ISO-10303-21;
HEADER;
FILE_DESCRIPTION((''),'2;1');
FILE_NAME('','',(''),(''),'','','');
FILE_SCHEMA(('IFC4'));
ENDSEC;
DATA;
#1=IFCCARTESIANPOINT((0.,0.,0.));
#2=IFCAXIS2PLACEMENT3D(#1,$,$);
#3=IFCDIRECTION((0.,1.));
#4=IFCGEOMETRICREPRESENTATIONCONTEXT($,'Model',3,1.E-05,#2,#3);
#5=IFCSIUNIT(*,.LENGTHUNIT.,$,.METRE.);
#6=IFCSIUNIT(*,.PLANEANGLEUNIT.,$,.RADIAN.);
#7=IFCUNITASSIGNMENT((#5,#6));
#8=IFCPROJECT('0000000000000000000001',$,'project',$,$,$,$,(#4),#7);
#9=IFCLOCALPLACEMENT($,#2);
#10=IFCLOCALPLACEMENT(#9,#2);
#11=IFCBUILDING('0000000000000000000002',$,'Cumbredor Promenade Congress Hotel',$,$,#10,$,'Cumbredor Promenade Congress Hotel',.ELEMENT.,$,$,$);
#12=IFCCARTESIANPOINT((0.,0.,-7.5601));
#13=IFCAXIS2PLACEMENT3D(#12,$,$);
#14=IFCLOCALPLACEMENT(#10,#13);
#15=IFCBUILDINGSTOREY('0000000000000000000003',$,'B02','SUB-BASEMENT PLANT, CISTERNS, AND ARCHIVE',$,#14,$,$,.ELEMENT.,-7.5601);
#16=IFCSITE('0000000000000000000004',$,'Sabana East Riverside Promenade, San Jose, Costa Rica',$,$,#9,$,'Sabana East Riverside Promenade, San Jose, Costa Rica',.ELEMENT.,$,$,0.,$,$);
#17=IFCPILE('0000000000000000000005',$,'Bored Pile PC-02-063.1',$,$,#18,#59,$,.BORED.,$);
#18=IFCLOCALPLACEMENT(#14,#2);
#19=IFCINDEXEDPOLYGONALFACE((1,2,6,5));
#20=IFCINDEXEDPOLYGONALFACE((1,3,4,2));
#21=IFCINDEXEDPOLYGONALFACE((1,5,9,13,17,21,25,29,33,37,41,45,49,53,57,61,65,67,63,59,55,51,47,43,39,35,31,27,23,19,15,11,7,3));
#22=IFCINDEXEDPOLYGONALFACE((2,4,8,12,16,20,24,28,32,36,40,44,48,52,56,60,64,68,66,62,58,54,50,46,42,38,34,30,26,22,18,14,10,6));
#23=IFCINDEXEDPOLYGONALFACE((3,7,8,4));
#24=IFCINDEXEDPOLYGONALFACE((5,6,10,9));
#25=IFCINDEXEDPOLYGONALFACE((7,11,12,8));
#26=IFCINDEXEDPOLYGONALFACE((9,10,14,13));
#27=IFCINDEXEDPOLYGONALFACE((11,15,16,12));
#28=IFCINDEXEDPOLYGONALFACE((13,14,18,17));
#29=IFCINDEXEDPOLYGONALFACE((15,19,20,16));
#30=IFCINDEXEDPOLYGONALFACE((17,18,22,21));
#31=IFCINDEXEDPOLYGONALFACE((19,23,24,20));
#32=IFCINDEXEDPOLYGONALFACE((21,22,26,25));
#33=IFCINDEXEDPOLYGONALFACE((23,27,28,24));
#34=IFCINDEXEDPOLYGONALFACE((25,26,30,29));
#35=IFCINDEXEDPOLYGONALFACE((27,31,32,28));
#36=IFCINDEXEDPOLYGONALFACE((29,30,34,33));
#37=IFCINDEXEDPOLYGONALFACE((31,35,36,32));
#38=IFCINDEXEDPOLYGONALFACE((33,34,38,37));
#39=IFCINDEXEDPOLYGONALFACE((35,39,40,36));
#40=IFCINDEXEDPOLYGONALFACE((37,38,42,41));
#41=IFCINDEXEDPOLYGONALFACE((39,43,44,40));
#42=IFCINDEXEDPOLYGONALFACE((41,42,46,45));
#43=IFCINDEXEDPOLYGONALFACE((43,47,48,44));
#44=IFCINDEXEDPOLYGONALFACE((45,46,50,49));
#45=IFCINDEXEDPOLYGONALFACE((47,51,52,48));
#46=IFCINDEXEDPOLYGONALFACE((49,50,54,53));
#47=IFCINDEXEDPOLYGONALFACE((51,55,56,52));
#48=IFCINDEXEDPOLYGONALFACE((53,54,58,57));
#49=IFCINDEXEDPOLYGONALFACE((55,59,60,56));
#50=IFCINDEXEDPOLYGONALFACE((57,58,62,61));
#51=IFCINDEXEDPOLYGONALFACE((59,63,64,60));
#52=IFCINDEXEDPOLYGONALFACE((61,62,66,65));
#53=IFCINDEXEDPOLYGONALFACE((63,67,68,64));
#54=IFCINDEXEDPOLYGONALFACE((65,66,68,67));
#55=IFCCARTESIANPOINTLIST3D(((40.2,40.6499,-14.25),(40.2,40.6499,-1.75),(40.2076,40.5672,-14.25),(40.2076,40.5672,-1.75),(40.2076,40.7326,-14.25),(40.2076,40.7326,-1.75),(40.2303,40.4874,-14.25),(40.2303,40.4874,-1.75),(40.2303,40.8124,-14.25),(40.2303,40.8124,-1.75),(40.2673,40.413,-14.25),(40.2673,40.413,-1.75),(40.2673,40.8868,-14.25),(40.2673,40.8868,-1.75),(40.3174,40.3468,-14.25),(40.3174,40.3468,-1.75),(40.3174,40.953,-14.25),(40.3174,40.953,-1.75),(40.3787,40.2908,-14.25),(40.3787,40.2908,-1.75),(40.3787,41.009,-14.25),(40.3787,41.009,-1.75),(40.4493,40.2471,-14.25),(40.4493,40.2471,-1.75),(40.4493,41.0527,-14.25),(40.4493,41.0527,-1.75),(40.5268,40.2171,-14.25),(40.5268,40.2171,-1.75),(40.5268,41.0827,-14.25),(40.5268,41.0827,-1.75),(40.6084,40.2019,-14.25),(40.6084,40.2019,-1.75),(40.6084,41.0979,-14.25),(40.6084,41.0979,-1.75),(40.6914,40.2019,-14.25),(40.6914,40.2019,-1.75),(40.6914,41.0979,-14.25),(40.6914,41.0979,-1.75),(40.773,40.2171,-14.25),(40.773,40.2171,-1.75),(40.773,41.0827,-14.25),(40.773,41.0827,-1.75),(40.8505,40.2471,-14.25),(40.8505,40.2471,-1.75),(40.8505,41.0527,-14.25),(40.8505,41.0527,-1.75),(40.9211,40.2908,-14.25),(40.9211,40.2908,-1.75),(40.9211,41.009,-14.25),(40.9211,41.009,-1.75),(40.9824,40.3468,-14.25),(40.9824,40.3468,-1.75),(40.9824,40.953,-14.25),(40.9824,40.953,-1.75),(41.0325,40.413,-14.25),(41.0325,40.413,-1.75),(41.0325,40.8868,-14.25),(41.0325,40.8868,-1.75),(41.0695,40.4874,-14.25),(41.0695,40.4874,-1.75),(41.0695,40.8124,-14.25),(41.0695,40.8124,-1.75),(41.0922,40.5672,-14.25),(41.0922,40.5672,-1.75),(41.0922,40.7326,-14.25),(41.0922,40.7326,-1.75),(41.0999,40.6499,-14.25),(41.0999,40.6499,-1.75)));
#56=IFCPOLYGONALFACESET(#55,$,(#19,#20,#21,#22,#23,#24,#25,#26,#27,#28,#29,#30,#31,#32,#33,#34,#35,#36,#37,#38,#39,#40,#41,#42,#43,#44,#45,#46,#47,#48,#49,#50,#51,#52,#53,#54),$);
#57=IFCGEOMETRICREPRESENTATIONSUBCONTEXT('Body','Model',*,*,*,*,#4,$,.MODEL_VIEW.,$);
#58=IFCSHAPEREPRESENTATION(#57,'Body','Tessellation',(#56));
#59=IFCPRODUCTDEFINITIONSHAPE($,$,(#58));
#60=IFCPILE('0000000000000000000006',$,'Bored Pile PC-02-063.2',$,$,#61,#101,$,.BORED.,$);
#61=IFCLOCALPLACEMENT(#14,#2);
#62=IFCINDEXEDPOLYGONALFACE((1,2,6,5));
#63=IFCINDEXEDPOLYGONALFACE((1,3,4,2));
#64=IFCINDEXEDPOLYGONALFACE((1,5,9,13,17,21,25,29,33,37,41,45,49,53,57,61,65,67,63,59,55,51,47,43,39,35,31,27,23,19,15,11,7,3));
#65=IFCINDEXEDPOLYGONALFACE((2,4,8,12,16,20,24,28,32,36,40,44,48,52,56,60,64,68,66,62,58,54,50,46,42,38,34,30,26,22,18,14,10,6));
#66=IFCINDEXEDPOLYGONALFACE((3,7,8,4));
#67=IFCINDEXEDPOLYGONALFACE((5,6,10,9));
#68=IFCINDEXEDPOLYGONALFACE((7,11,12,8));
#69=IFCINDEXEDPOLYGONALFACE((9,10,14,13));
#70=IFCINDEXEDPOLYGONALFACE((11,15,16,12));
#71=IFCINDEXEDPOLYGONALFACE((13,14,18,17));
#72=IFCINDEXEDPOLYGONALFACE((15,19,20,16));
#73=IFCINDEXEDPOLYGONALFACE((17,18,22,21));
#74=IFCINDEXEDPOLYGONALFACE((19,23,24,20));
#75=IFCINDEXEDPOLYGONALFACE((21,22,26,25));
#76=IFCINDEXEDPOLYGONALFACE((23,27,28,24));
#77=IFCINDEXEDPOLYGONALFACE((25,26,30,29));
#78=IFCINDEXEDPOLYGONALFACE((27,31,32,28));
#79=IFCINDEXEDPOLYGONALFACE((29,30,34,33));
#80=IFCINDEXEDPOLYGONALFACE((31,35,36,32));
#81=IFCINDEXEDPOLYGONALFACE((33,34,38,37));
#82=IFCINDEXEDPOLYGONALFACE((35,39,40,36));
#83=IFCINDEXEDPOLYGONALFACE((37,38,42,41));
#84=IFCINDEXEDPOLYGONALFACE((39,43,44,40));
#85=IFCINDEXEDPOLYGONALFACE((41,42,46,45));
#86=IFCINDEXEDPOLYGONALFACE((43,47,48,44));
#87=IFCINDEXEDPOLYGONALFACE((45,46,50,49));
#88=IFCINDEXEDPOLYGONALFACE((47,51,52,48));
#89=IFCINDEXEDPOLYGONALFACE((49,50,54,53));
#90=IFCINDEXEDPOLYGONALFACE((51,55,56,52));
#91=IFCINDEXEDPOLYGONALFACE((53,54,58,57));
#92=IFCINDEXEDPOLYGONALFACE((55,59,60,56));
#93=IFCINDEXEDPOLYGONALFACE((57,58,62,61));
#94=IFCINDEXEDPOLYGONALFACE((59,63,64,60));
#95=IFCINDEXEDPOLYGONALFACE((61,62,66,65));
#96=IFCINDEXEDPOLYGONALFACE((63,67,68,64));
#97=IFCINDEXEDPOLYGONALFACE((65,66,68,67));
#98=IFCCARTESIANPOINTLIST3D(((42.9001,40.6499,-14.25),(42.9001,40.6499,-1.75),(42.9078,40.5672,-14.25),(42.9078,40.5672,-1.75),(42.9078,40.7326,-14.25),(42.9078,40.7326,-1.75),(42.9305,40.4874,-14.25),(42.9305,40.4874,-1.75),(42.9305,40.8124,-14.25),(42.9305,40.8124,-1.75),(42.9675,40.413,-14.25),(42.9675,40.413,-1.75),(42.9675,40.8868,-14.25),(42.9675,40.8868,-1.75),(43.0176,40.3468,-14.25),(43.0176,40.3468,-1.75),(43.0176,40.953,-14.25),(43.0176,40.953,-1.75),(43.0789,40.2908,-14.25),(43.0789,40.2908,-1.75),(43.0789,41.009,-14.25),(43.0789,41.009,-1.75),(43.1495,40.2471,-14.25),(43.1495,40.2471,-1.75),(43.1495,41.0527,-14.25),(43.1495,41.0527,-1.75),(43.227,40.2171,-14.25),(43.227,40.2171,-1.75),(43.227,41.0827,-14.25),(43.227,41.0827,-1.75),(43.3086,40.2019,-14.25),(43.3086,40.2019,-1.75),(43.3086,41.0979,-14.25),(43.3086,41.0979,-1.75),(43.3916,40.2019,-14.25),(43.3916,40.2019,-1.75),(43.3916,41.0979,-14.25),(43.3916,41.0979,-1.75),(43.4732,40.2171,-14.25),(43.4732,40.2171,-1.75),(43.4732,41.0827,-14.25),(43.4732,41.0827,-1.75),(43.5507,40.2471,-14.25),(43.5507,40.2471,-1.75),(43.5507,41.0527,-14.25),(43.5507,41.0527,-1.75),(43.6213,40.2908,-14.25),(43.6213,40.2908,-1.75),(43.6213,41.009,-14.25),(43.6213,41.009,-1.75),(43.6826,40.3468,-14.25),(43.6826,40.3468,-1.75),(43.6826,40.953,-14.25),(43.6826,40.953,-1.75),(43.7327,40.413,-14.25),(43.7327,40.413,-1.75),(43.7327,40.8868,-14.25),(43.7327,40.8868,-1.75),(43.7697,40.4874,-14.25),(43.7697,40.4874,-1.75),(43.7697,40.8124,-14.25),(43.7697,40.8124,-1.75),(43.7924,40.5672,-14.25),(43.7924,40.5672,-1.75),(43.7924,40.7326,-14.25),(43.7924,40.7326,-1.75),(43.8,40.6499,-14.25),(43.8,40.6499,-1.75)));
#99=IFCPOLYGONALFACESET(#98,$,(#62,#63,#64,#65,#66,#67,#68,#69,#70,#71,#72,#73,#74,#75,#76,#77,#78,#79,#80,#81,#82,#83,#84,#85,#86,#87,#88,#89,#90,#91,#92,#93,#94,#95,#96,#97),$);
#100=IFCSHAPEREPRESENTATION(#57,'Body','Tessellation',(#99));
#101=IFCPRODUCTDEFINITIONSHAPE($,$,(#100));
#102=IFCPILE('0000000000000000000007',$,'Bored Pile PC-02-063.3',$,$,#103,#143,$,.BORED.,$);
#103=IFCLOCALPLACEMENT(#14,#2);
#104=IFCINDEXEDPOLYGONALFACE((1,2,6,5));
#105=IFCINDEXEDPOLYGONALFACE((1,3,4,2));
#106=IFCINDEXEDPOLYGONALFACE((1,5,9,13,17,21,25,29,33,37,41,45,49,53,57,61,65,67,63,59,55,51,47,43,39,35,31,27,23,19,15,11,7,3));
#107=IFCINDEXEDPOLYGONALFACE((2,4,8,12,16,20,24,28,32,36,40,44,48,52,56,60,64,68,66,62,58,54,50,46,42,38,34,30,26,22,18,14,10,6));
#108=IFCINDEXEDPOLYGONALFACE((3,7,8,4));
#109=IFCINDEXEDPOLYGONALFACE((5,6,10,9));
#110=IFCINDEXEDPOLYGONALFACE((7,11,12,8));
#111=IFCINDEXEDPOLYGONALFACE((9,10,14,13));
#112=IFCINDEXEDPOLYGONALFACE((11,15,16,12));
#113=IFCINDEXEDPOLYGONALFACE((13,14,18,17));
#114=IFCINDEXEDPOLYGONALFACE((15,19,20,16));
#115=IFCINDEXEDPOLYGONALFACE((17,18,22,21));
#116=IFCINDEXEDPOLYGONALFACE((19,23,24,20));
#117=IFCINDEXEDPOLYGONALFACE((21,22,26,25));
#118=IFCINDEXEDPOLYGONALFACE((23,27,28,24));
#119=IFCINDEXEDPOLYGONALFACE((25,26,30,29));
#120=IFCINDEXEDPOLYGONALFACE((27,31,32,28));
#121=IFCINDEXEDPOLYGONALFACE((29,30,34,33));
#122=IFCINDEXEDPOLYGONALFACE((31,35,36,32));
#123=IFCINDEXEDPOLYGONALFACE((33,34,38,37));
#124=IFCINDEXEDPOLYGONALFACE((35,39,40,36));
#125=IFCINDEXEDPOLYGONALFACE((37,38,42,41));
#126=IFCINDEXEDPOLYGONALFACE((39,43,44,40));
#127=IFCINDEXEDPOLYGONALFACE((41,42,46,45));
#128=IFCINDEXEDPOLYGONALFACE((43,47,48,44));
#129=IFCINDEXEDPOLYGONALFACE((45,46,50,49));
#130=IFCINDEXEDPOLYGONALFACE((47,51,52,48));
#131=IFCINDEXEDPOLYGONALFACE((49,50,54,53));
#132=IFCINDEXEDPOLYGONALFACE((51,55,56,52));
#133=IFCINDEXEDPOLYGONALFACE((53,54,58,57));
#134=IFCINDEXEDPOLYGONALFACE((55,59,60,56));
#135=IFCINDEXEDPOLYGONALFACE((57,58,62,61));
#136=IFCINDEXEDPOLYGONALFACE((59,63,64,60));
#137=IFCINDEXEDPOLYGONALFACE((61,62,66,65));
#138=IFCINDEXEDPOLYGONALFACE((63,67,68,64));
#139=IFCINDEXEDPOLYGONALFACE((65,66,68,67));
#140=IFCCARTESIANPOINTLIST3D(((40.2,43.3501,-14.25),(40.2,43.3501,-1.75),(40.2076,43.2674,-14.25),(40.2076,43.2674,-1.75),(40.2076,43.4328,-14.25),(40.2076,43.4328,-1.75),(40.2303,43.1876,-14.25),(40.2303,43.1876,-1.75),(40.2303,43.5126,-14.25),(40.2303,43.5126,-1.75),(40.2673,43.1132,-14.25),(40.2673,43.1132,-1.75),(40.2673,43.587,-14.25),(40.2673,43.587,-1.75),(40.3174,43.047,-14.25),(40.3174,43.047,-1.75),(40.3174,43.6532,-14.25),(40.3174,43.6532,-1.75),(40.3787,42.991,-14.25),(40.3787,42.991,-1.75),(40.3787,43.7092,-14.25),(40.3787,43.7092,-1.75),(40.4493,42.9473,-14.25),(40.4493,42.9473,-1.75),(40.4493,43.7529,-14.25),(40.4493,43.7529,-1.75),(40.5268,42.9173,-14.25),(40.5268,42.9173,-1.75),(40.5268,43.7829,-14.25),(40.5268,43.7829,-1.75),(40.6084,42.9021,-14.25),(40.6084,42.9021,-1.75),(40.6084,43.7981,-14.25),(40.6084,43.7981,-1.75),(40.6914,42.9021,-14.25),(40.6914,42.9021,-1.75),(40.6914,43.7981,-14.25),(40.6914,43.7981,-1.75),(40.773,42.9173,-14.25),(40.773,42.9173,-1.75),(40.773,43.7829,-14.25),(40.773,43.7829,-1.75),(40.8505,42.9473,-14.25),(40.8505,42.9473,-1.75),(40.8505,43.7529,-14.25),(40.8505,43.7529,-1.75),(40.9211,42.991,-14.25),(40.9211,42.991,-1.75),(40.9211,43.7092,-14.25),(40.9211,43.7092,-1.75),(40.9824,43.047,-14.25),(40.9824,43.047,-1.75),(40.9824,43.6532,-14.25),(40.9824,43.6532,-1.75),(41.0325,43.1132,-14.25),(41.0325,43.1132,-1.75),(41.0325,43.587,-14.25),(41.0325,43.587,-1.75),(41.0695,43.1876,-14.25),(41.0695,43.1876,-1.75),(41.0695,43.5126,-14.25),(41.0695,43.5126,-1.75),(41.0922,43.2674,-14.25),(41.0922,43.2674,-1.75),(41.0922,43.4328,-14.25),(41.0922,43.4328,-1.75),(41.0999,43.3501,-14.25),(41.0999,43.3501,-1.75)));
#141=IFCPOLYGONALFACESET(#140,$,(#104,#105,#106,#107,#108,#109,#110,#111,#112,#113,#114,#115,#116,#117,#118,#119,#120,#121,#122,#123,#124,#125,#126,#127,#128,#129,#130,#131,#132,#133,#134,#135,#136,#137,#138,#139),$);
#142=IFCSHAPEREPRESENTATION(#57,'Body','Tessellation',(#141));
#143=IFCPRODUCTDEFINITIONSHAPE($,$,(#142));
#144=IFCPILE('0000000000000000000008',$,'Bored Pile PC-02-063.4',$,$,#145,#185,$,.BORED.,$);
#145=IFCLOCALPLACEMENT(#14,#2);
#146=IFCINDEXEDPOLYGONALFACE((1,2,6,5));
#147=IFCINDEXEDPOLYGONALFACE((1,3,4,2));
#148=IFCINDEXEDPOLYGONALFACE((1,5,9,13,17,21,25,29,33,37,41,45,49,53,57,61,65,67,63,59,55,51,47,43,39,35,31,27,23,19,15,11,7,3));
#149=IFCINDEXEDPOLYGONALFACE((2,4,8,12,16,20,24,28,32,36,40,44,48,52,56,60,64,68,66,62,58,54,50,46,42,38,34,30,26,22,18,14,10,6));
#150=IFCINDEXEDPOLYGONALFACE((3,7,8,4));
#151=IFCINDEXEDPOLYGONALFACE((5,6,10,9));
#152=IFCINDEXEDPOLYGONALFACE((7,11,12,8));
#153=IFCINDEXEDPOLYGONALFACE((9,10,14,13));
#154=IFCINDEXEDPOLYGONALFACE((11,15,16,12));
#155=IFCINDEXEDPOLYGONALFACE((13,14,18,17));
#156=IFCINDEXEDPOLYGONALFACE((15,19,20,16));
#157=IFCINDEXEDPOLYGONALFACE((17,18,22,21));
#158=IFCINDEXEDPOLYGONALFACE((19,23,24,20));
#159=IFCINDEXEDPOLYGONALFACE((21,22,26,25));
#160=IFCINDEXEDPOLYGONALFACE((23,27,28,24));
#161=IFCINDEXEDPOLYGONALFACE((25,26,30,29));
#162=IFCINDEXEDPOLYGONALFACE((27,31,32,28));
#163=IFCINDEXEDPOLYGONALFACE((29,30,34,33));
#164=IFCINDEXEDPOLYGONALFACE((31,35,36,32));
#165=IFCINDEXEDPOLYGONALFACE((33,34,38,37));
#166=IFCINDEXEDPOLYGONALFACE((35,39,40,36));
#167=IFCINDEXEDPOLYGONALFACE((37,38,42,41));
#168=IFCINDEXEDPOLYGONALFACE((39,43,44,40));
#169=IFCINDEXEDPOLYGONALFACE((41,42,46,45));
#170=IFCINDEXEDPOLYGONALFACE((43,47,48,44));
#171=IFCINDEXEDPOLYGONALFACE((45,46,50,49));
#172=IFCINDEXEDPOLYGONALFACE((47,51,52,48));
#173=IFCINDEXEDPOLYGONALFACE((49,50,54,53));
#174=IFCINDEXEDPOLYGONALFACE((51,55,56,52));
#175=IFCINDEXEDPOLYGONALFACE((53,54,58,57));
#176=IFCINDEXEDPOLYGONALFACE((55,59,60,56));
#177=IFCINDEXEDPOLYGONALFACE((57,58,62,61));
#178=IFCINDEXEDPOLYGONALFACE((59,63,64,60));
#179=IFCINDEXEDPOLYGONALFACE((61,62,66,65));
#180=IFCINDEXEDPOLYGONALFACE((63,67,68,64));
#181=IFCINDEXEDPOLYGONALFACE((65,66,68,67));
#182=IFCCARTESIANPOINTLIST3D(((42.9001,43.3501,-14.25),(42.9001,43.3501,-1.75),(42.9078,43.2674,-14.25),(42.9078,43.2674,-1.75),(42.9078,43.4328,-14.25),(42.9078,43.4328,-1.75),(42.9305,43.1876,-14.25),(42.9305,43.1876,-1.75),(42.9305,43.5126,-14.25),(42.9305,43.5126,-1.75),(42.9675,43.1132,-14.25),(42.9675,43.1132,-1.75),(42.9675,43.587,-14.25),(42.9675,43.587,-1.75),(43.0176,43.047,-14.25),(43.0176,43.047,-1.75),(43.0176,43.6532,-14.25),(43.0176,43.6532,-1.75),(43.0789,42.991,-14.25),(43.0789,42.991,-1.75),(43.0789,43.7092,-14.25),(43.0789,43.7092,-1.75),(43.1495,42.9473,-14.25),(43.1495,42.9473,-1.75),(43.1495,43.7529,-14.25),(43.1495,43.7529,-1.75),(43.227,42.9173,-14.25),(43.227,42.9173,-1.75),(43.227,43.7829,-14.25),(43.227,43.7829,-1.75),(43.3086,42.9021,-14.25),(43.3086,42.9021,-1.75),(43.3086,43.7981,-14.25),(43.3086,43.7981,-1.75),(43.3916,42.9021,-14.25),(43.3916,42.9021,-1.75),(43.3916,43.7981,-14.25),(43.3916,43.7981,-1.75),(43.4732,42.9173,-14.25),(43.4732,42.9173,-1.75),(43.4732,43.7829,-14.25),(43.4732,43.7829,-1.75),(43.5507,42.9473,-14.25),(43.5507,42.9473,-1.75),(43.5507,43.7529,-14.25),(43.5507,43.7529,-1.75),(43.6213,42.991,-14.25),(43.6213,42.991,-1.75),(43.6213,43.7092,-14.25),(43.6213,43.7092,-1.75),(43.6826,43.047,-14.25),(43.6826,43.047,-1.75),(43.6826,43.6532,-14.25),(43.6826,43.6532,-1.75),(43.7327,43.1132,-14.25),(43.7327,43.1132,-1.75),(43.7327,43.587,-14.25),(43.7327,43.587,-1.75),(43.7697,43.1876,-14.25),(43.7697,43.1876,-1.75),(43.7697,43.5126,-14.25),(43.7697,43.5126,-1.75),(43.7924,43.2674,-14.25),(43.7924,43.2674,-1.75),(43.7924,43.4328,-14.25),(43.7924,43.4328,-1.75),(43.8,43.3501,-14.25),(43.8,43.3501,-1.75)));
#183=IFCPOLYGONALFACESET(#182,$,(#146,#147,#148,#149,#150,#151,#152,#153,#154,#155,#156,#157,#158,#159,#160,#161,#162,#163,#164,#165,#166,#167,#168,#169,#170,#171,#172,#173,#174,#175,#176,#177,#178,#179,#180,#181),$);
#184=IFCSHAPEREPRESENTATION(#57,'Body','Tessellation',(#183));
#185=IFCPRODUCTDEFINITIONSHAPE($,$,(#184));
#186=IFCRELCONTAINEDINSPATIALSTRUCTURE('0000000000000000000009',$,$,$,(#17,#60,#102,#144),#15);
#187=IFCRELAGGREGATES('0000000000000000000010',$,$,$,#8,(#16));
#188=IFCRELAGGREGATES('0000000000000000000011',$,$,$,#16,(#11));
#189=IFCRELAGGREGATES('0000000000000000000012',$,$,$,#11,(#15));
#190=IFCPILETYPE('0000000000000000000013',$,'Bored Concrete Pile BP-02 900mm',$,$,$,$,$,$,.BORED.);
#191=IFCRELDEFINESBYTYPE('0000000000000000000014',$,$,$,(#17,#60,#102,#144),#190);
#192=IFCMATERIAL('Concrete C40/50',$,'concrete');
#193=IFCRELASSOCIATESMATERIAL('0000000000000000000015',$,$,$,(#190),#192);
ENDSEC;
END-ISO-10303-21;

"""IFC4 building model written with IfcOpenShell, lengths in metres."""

from ifc_helpers import new_model, si_unit, direction, frame, origin, origin_2d, place, context, subcontext, project, spatial, circle, extrude, material, material_profile, profile_set, type_object, element, save


model = new_model("IFC4")

# Units and contexts
model_context = context("Model", 3, precision=1e-05, world=origin(), true_north=direction((0.0, 1.0)))
body_context = subcontext(model_context, "Body", "Model", "MODEL_VIEW")
ifc_project = project(units=[si_unit("LENGTHUNIT", "METRE"), si_unit("PLANEANGLEUNIT", "RADIAN")], contexts=[model_context])

# Site, building, storey
site_placement = place(None, origin())
site = spatial("IfcSite", under=ifc_project, at=site_placement, Name="Sabana East Riverside Promenade, San Jose, Costa Rica", LongName="Sabana East Riverside Promenade, San Jose, Costa Rica", CompositionType="ELEMENT", RefElevation=0.0)
building_placement = place(site_placement, origin())
building = spatial("IfcBuilding", under=site, at=building_placement, Name="Cumbredor Promenade Congress Hotel", LongName="Cumbredor Promenade Congress Hotel", CompositionType="ELEMENT")
storey_placement = place(building_placement, frame((0.0, 0.0, -7.5601)))
storey = spatial("IfcBuildingStorey", under=building, at=storey_placement, Name="B02", Description="SUB-BASEMENT PLANT, CISTERNS, AND ARCHIVE", CompositionType="ELEMENT", Elevation=-7.5601)

# Piles
ifc_material_1 = material(Name="Concrete C40/50", Category="concrete")
ifc_material_profile_1 = material_profile(ifc_material_1, circle(Radius=0.45, at=origin_2d()), Name="PILE D900")
ifc_profile_set_1 = profile_set([ifc_material_profile_1], Name="Concrete C40/50")
pile_type_1 = type_object("IfcPileType", Name="Bored Concrete Pile BP-02 900mm", PredefinedType="BORED", material=ifc_profile_set_1)
for number, where, z_axis, x_axis, name in (
    (1, (40.6499, 40.6499, -1.75), (0.0, 0.0, -1.0), (1.0, 0.0, 0.0), "Bored Pile PC-02-063.1"),
    (2, (43.3501, 40.6499, -1.75), (0.0, 0.0, -1.0), (1.0, 0.0, 0.0), "Bored Pile PC-02-063.2"),
    (3, (40.6499, 43.3501, -1.75), (0.0, 0.0, -1.0), (1.0, 0.0, 0.0), "Bored Pile PC-02-063.3"),
    (4, (43.3501, 43.3501, -1.75), (0.0, 0.0, -1.0), (1.0, 0.0, 0.0), "Bored Pile PC-02-063.4"),
):
    element("IfcPile", number, at=place(storey_placement, frame(where, z_axis=z_axis, x_axis=x_axis)), inside=storey, type_object=pile_type_1, Name=name, PredefinedType="BORED", context=body_context, shape_type="SweptSolid", body=[
        extrude(circle(Radius=0.45, at=origin_2d()), origin(), (0.0, 0.0, 1.0), 12.5),
    ])

save(model, "model.ifc")
